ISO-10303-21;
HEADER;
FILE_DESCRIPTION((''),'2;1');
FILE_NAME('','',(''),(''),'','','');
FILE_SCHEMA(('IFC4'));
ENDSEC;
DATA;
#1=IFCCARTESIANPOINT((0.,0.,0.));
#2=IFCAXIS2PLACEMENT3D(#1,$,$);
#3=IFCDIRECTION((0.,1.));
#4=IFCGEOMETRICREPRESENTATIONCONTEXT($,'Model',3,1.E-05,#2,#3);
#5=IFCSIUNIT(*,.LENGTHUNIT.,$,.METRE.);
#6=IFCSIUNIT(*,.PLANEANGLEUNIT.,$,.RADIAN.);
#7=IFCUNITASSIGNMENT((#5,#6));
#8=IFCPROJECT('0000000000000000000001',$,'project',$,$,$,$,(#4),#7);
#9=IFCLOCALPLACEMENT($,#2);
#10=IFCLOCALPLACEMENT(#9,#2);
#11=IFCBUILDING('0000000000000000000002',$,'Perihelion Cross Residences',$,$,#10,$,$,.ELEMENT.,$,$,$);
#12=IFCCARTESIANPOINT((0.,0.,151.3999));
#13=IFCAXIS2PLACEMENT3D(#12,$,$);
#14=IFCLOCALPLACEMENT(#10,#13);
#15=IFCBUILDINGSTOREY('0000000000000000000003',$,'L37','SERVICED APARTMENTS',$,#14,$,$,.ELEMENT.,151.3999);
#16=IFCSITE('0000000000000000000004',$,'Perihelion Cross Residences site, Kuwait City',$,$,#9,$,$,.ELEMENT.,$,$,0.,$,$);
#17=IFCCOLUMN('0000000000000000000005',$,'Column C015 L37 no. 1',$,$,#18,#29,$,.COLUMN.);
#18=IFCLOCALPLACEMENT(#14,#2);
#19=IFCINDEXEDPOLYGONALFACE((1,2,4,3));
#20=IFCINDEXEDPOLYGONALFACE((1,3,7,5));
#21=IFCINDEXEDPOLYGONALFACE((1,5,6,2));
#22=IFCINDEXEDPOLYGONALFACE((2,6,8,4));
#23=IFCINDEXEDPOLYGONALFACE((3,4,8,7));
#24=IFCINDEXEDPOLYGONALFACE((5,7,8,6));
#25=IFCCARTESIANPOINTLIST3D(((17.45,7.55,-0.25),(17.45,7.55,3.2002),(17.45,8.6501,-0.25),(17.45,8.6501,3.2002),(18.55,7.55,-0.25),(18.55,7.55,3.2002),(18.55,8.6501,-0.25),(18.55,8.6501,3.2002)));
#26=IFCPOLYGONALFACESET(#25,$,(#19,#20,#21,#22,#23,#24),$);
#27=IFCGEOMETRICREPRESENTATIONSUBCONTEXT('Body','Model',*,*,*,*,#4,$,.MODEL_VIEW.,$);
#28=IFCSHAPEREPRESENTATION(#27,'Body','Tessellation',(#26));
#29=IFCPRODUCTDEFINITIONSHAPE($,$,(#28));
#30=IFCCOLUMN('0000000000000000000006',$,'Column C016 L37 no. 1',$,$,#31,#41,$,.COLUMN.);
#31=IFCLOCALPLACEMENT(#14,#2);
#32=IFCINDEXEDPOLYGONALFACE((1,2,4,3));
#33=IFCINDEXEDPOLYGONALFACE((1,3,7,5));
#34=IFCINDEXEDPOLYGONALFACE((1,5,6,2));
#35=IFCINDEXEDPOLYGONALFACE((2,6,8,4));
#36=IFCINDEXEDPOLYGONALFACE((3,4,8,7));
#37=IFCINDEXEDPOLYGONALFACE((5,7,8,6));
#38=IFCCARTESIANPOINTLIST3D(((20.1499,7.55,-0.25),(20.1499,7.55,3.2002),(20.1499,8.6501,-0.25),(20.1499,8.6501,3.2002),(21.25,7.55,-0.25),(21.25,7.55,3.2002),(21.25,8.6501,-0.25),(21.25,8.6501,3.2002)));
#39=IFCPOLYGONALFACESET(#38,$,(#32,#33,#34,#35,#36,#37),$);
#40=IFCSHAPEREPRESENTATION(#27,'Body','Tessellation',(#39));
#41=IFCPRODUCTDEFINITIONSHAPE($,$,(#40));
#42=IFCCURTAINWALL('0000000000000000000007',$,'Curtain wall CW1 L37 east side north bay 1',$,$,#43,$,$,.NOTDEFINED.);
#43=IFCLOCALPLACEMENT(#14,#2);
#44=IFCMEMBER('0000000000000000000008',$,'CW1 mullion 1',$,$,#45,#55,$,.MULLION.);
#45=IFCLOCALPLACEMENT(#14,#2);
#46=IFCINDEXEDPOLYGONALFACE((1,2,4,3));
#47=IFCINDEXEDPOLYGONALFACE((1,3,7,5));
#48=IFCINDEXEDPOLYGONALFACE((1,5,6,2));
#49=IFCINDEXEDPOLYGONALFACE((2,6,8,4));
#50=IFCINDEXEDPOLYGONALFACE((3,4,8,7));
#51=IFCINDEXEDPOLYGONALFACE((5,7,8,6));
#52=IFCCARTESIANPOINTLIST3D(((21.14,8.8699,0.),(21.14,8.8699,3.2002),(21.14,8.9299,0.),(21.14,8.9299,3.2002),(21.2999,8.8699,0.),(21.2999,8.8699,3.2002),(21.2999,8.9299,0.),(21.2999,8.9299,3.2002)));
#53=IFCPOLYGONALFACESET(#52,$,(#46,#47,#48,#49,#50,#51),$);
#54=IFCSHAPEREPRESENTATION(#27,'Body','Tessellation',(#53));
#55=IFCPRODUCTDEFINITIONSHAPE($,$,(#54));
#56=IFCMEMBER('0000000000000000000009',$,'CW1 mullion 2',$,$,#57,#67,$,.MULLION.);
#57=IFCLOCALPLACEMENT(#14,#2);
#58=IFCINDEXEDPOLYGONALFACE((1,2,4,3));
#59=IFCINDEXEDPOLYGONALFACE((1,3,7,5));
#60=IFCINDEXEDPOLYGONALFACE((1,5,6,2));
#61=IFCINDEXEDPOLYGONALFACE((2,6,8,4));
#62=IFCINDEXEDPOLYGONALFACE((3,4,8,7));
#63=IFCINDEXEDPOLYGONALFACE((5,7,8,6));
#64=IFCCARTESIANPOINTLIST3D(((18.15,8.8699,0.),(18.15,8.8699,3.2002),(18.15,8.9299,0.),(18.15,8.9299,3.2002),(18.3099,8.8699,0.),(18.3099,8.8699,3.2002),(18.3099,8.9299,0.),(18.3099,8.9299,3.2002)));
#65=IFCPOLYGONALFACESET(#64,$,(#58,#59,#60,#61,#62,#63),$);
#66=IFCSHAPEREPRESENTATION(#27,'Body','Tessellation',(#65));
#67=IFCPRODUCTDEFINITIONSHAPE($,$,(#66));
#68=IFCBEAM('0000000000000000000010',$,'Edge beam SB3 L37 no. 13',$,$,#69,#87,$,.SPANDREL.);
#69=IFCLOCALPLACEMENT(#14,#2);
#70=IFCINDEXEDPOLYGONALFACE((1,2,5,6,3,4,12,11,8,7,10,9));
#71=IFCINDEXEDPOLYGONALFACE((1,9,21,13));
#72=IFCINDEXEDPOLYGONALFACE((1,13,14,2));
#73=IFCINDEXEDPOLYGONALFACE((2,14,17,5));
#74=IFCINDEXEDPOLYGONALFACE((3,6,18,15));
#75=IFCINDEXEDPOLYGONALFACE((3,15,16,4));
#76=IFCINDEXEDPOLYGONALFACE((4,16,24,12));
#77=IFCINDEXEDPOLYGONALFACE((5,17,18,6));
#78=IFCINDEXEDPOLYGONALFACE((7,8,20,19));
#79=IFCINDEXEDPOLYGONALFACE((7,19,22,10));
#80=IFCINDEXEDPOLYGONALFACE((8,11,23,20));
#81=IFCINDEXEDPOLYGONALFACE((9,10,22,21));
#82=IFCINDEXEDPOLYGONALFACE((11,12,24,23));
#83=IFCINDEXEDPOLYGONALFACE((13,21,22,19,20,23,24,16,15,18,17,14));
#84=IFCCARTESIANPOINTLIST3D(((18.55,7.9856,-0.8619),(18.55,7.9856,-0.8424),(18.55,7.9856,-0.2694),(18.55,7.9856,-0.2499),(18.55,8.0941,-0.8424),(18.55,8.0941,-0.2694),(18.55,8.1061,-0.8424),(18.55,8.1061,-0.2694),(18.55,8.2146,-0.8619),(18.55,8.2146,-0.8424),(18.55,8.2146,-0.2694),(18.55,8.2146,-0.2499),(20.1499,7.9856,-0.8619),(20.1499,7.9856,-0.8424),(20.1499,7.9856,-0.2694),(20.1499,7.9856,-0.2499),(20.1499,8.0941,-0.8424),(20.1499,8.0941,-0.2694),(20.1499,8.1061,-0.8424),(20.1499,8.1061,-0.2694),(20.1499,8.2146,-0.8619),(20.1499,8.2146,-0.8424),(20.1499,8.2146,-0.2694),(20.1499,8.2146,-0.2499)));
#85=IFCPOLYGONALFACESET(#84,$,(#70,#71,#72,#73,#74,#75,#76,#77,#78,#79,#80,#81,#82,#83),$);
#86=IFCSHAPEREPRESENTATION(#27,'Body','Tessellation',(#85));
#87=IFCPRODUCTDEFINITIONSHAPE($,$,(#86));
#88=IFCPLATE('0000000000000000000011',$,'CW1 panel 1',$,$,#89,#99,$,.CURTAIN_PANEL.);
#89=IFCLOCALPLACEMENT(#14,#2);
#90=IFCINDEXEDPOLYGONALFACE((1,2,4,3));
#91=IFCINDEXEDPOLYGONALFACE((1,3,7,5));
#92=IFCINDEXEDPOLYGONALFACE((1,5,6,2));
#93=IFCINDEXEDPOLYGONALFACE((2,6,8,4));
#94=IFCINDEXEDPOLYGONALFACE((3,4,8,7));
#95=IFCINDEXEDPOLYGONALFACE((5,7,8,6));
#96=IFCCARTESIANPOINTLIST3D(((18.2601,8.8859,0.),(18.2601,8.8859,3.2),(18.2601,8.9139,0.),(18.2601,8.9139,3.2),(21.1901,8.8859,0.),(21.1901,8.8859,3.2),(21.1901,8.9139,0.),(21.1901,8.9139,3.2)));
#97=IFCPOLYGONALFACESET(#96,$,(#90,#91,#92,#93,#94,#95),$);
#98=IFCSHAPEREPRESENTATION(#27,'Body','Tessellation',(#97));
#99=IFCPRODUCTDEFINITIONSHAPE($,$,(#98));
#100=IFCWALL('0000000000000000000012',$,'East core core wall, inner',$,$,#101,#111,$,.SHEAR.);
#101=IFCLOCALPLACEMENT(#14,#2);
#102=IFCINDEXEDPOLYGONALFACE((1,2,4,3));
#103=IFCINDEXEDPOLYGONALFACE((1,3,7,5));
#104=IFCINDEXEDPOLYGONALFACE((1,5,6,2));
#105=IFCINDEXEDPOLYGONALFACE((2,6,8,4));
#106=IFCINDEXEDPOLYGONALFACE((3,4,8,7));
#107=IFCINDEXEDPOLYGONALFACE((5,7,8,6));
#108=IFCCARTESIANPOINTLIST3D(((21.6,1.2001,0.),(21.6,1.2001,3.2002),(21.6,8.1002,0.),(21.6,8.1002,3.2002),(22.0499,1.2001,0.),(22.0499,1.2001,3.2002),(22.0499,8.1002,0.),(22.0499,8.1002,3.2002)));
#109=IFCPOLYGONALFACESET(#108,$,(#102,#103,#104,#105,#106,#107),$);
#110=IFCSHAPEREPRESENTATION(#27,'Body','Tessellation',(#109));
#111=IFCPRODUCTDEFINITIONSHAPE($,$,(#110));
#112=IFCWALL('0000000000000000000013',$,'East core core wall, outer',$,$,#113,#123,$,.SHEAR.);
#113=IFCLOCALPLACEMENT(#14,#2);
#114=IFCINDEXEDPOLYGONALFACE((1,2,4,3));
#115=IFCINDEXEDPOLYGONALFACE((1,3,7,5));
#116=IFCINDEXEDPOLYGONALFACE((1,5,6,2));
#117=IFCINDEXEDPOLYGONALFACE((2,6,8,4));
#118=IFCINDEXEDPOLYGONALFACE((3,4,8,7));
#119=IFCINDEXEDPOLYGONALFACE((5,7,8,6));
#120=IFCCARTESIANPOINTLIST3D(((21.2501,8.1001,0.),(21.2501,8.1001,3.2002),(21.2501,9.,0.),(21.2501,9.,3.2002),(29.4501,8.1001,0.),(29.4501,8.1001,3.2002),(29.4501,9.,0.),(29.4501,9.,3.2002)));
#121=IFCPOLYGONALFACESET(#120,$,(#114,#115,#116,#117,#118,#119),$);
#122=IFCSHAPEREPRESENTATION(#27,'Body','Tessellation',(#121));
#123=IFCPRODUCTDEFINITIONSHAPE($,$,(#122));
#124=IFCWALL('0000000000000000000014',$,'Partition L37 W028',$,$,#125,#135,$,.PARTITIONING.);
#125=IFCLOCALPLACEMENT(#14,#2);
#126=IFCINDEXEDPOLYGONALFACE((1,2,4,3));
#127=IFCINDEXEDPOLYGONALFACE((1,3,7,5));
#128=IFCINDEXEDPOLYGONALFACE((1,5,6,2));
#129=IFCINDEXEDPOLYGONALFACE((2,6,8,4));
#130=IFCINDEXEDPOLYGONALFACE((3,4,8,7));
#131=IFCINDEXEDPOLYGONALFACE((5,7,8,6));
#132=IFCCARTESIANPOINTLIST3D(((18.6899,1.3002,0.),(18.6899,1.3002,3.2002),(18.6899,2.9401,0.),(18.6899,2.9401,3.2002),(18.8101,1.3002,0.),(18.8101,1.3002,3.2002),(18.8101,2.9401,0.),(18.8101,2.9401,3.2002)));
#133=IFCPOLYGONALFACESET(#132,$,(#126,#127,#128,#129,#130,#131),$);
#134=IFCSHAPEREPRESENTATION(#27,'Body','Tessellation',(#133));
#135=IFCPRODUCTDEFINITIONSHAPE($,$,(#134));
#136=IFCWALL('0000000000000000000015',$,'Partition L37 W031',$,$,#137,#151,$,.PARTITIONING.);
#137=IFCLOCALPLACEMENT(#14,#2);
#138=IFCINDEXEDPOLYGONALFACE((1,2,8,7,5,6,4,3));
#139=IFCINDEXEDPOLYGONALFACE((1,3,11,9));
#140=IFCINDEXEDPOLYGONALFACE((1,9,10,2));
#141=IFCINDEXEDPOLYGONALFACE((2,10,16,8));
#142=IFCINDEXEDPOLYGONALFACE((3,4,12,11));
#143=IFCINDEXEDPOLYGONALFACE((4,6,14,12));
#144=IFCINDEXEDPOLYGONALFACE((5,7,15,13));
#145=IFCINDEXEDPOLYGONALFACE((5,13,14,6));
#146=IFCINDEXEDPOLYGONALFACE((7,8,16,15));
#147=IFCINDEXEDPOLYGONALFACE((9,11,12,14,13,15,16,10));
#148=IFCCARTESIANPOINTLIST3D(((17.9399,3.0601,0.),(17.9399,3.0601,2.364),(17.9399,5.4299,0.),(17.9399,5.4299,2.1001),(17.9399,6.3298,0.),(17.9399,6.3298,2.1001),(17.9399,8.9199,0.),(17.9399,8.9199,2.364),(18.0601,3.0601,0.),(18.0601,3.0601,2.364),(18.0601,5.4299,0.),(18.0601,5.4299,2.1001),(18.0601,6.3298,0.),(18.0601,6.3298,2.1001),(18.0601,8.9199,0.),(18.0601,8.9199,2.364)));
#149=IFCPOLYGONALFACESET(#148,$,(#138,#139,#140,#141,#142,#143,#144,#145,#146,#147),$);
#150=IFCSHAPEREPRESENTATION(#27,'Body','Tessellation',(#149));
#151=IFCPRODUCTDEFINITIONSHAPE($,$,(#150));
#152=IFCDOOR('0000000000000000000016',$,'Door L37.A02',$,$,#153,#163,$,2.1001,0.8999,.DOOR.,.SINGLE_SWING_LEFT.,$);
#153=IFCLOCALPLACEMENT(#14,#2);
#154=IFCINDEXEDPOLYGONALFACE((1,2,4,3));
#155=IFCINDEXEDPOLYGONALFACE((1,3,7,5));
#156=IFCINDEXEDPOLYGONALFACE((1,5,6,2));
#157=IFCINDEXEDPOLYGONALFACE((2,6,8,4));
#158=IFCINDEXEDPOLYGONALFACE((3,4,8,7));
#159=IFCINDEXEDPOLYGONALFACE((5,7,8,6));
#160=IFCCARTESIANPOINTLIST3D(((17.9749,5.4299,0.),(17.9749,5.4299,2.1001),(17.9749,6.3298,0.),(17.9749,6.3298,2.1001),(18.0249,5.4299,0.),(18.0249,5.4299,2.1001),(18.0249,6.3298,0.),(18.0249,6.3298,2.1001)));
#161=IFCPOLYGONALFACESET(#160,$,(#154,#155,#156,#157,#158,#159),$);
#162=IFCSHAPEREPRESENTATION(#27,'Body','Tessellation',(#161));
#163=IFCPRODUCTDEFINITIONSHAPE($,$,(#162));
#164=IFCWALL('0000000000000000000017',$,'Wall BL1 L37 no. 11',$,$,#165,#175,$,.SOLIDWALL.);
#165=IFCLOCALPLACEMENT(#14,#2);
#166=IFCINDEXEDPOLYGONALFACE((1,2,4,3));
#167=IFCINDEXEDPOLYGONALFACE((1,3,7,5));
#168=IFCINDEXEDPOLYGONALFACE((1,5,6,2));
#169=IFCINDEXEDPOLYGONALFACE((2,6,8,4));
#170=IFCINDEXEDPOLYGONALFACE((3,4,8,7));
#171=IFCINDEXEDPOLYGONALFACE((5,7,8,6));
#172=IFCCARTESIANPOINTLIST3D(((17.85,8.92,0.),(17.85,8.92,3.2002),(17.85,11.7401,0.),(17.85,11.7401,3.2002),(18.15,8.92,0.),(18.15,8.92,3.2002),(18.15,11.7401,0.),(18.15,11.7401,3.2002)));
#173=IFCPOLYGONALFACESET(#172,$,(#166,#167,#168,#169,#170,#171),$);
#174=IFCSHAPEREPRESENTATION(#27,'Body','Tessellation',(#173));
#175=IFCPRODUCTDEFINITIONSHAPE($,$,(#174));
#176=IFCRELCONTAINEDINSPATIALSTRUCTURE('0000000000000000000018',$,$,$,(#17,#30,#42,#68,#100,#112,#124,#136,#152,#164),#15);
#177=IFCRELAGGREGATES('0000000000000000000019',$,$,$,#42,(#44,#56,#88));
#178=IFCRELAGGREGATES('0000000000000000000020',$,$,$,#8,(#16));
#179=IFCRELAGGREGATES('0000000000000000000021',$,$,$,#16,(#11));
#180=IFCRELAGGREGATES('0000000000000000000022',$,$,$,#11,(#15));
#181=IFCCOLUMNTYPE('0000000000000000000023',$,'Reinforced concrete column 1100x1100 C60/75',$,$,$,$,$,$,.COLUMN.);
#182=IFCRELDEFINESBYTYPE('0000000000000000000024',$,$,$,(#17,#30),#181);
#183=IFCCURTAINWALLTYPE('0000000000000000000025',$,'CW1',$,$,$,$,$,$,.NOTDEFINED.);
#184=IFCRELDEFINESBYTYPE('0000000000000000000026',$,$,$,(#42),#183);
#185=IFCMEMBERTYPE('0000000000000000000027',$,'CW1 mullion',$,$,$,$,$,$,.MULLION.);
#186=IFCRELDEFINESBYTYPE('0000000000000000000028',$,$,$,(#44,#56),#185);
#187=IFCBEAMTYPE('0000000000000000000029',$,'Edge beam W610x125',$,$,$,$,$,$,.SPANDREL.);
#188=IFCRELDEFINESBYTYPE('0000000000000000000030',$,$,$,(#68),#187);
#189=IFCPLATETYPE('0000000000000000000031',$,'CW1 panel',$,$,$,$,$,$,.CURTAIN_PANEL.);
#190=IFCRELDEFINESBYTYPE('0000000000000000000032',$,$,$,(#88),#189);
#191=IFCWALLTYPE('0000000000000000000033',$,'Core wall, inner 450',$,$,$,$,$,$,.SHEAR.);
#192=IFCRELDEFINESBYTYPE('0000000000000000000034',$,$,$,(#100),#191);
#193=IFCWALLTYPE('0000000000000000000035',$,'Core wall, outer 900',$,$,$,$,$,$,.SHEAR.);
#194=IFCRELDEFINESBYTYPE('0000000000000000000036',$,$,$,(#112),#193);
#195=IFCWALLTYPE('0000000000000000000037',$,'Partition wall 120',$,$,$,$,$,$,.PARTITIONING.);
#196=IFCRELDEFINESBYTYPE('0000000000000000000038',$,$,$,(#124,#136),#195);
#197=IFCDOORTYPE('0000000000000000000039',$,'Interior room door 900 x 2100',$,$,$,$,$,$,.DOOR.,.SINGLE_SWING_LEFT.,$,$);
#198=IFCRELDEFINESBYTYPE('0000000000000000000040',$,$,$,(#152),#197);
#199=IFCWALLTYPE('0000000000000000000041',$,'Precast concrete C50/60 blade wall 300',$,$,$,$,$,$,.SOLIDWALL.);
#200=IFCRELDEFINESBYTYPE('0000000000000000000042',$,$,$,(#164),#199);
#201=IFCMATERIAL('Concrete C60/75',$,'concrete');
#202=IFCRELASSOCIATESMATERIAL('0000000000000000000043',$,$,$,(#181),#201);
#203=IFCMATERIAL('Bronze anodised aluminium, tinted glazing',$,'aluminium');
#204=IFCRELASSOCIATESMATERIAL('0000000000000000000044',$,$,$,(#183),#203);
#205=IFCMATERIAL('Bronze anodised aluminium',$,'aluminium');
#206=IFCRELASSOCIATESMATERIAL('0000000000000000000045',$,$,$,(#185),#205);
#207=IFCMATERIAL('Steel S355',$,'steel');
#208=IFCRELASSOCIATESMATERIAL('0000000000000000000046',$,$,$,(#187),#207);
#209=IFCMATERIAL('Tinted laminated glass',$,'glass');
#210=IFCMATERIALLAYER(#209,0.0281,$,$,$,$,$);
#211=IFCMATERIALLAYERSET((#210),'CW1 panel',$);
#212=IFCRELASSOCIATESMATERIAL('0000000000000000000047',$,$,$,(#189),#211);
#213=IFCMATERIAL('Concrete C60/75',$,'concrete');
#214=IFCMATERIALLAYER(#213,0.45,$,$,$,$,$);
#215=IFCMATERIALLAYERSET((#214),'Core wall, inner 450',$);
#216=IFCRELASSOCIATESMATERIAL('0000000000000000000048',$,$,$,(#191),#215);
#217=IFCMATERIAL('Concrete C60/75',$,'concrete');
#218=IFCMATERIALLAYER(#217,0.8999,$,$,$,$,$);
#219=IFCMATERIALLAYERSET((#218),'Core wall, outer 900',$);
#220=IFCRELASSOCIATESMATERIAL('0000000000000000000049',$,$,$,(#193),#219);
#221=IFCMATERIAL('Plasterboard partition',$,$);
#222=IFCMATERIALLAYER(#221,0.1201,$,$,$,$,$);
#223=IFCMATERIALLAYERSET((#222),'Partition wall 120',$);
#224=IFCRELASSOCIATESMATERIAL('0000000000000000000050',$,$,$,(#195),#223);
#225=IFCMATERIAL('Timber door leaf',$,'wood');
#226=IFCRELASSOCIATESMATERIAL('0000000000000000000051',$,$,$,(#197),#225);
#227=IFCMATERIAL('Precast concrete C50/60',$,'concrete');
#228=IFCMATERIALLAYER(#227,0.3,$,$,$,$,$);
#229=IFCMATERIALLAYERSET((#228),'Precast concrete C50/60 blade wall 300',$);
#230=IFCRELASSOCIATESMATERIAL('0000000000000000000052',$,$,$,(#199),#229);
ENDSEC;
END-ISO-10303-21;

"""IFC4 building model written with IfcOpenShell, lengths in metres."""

from ifc_helpers import new_model, si_unit, direction, frame, frame_2d, origin, origin_2d, place, context, subcontext, project, spatial, rectangle, i_section, extrude, material, layer, layer_set, material_profile, profile_set, type_object, element, fill, aggregate, save


model = new_model("IFC4")

# Units and contexts
model_context = context("Model", 3, precision=1e-05, world=origin(), true_north=direction((0.0, 1.0)))
body_context = subcontext(model_context, "Body", "Model", "MODEL_VIEW")
ifc_project = project(units=[si_unit("LENGTHUNIT", "METRE"), si_unit("PLANEANGLEUNIT", "RADIAN")], contexts=[model_context])

# Site, building, storey
site_placement = place(None, origin())
site = spatial("IfcSite", under=ifc_project, at=site_placement, Name="Perihelion Cross Residences site, Kuwait City", CompositionType="ELEMENT", RefElevation=0.0)
building_placement = place(site_placement, origin())
building = spatial("IfcBuilding", under=site, at=building_placement, Name="Perihelion Cross Residences", CompositionType="ELEMENT")
storey_placement = place(building_placement, frame((0.0, 0.0, 151.3999)))
storey = spatial("IfcBuildingStorey", under=building, at=storey_placement, Name="L37", Description="SERVICED APARTMENTS", CompositionType="ELEMENT", Elevation=151.3999)

# Columns
ifc_material_1 = material(Name="Concrete C60/75", Category="concrete")
ifc_material_profile_1 = material_profile(ifc_material_1, rectangle(XDim=1.1001, YDim=1.1001, at=origin_2d()), Name="RC 1100x1100")
ifc_profile_set_1 = profile_set([ifc_material_profile_1], Name="Concrete C60/75")
column_type = type_object("IfcColumnType", Name="Reinforced concrete column 1100x1100 C60/75", PredefinedType="COLUMN", material=ifc_profile_set_1)
for number, where, z_axis, x_axis, name in (
    (1, (18.0, 8.1001, -0.25), (0.0, 0.0, 1.0), (1.0, 0.0, 0.0), "Column C015 L37 no. 1"),
    (2, (20.7, 8.1001, -0.25), (0.0, 0.0, 1.0), (1.0, 0.0, 0.0), "Column C016 L37 no. 1"),
):
    element("IfcColumn", number, at=place(storey_placement, frame(where, z_axis=z_axis, x_axis=x_axis)), inside=storey, type_object=column_type, Name=name, PredefinedType="COLUMN", context=body_context, shape_type="SweptSolid", body=[
        extrude(rectangle(XDim=1.1001, YDim=1.1001, at=origin_2d()), origin(), (0.0, 0.0, 1.0), 3.4502),
    ])

# Curtain wall, members
ifc_material_2 = material(Name="Bronze anodised aluminium, tinted glazing", Category="aluminium")
curtain_wall_type = type_object("IfcCurtainWallType", Name="CW1", PredefinedType="NOTDEFINED", material=ifc_material_2)
curtain_wall_placement = place(storey_placement, origin())
curtain_wall = element("IfcCurtainWall", 3, at=curtain_wall_placement, inside=storey, type_object=curtain_wall_type, Name="Curtain wall CW1 L37 east side north bay 1", PredefinedType="NOTDEFINED")
ifc_material_3 = material(Name="Bronze anodised aluminium", Category="aluminium")
ifc_material_profile_2 = material_profile(ifc_material_3, rectangle(XDim=0.0601, YDim=0.1599, at=origin_2d()), Name="CW1 mullion")
ifc_profile_set_2 = profile_set([ifc_material_profile_2], Name="Bronze anodised aluminium")
member_type = type_object("IfcMemberType", Name="CW1 mullion", PredefinedType="MULLION", material=ifc_profile_set_2)
member_1_placement = place(storey_placement, frame((21.22, 8.8999, 0.0), z_axis=(0.0, 0.0, 1.0), x_axis=(0.0, -1.0, 0.0)))
member_1 = element("IfcMember", 4, at=member_1_placement, type_object=member_type, Name="CW1 mullion 1", PredefinedType="MULLION", context=body_context, shape_type="SweptSolid", body=[
    extrude(rectangle(XDim=0.0601, YDim=0.1599, at=origin_2d()), origin(), (0.0, 0.0, 1.0), 3.2002),
])
member_2_placement = place(storey_placement, frame((18.23, 8.8999, 0.0), z_axis=(0.0, 0.0, 1.0), x_axis=(0.0, -1.0, 0.0)))
member_2 = element("IfcMember", 5, at=member_2_placement, type_object=member_type, Name="CW1 mullion 2", PredefinedType="MULLION", context=body_context, shape_type="SweptSolid", body=[
    extrude(rectangle(XDim=0.0601, YDim=0.1599, at=origin_2d()), origin(), (0.0, 0.0, 1.0), 3.2002),
])

# Beam
ifc_material_4 = material(Name="Steel S355", Category="steel")
ifc_material_profile_3 = material_profile(ifc_material_4, i_section(OverallWidth=0.229, OverallDepth=0.6121, WebThickness=0.012, FlangeThickness=0.0195, at=origin_2d()), Name="W610x125")
ifc_profile_set_3 = profile_set([ifc_material_profile_3], Name="Steel S355")
beam_type = type_object("IfcBeamType", Name="Edge beam W610x125", PredefinedType="SPANDREL", material=ifc_profile_set_3)
beam_placement = place(storey_placement, frame((20.1499, 8.1001, -0.5559), z_axis=(-1.0, 0.0, 0.0), x_axis=(0.0, -1.0, 0.0)))
element("IfcBeam", 6, at=beam_placement, inside=storey, type_object=beam_type, Name="Edge beam SB3 L37 no. 13", PredefinedType="SPANDREL", context=body_context, shape_type="SweptSolid", body=[
    extrude(i_section(OverallWidth=0.229, OverallDepth=0.6121, WebThickness=0.012, FlangeThickness=0.0195, at=origin_2d()), origin(), (0.0, 0.0, 1.0), 1.5999),
])

# Plate
ifc_material_5 = material(Name="Tinted laminated glass", Category="glass")
ifc_layer_1 = layer(ifc_material_5, 0.0281)
ifc_layer_set_1 = layer_set([ifc_layer_1], Name="CW1 panel")
plate_type = type_object("IfcPlateType", Name="CW1 panel", PredefinedType="CURTAIN_PANEL", material=ifc_layer_set_1)
plate_placement = place(storey_placement, frame((19.7251, 8.8999, 0.0), z_axis=(0.0, 0.0, 1.0), x_axis=(-1.0, 0.0, 0.0)))
plate = element("IfcPlate", 7, at=plate_placement, type_object=plate_type, Name="CW1 panel 1", PredefinedType="CURTAIN_PANEL", context=body_context, shape_type="SweptSolid", body=[
    extrude(rectangle(XDim=2.9299, YDim=0.0281, at=origin_2d()), origin(), (0.0, 0.0, 1.0), 3.2),
])
aggregate(curtain_wall, [member_1, member_2, plate])

# Walls
ifc_material_6 = material(Name="Concrete C60/75", Category="concrete")
ifc_layer_2 = layer(ifc_material_6, 0.45)
ifc_layer_set_2 = layer_set([ifc_layer_2], Name="Core wall, inner 450")
wall_type_1 = type_object("IfcWallType", Name="Core wall, inner 450", PredefinedType="SHEAR", material=ifc_layer_set_2)
wall_1_placement = place(storey_placement, frame((21.825, 1.2, 0.0), z_axis=(0.0, 0.0, 1.0), x_axis=(0.0, 1.0, 0.0)))
element("IfcWall", 8, at=wall_1_placement, inside=storey, type_object=wall_type_1, Name="East core core wall, inner", PredefinedType="SHEAR", context=body_context, shape_type="SweptSolid", body=[
    extrude(rectangle(XDim=6.9001, YDim=0.45, at=frame_2d((3.4502, 0.0))), origin(), (0.0, 0.0, 1.0), 3.2002),
])
ifc_material_7 = material(Name="Concrete C60/75", Category="concrete")
ifc_layer_3 = layer(ifc_material_7, 0.8999)
ifc_layer_set_3 = layer_set([ifc_layer_3], Name="Core wall, outer 900")
wall_type_2 = type_object("IfcWallType", Name="Core wall, outer 900", PredefinedType="SHEAR", material=ifc_layer_set_3)
wall_2_placement = place(storey_placement, frame((21.25, 8.55, 0.0), z_axis=(0.0, 0.0, 1.0), x_axis=(1.0, 0.0, 0.0)))
element("IfcWall", 9, at=wall_2_placement, inside=storey, type_object=wall_type_2, Name="East core core wall, outer", PredefinedType="SHEAR", context=body_context, shape_type="SweptSolid", body=[
    extrude(rectangle(XDim=8.2, YDim=0.8999, at=frame_2d((4.1001, 0.0))), origin(), (0.0, 0.0, 1.0), 3.2002),
])
ifc_material_8 = material(Name="Plasterboard partition")
ifc_layer_4 = layer(ifc_material_8, 0.1201)
ifc_layer_set_4 = layer_set([ifc_layer_4], Name="Partition wall 120")
wall_type_3 = type_object("IfcWallType", Name="Partition wall 120", PredefinedType="PARTITIONING", material=ifc_layer_set_4)
wall_3_placement = place(storey_placement, frame((18.75, 2.9399, 0.0), z_axis=(0.0, 0.0, 1.0), x_axis=(0.0, -1.0, 0.0)))
element("IfcWall", 10, at=wall_3_placement, inside=storey, type_object=wall_type_3, Name="Partition L37 W028", PredefinedType="PARTITIONING", context=body_context, shape_type="SweptSolid", body=[
    extrude(rectangle(XDim=1.6399, YDim=0.1201, at=frame_2d((0.8198, 0.0))), origin(), (0.0, 0.0, 1.0), 3.2002),
])

# Wall, opening, door
wall_4_placement = place(storey_placement, frame((18.0, 8.9199, 0.0), z_axis=(0.0, 0.0, 1.0), x_axis=(0.0, -1.0, 0.0)))
wall_4 = element("IfcWall", 11, at=wall_4_placement, inside=storey, type_object=wall_type_3, Name="Partition L37 W031", PredefinedType="PARTITIONING", context=body_context, shape_type="SweptSolid", body=[
    extrude(rectangle(XDim=5.8599, YDim=0.1201, at=frame_2d((2.9299, 0.0))), origin(), (0.0, 0.0, 1.0), 2.364),
])
opening_1_placement = place(wall_4_placement, frame((2.5901, 0.0, 0.0)))
opening_1 = element("IfcOpeningElement", 12, at=opening_1_placement, cuts=wall_4, PredefinedType="OPENING", context=body_context, shape_type="SweptSolid", body=[
    extrude(rectangle(XDim=0.8999, YDim=2.1001, at=frame_2d((0.45, 1.05))), frame((0.0, 0.0701, 0.0), z_axis=(0.0, -1.0, 0.0), x_axis=(1.0, 0.0, 0.0)), (0.0, 0.0, 1.0), 0.1401),
])
ifc_material_9 = material(Name="Timber door leaf", Category="wood")
door_type_1 = type_object("IfcDoorType", Name="Interior room door 900 x 2100", OperationType="SINGLE_SWING_LEFT", PredefinedType="DOOR", material=ifc_material_9)
door_1_placement = place(opening_1_placement, origin())
door_1 = element("IfcDoor", 13, at=door_1_placement, inside=storey, type_object=door_type_1, Name="Door L37.A02", OperationType="SINGLE_SWING_LEFT", OverallHeight=2.1001, OverallWidth=0.8999, PredefinedType="DOOR", context=body_context, shape_type="SweptSolid", body=[
    extrude(rectangle(XDim=0.8999, YDim=2.1001, at=frame_2d((0.45, 1.05))), frame((0.0, 0.0249, 0.0), z_axis=(0.0, -1.0, 0.0), x_axis=(1.0, 0.0, 0.0)), (0.0, 0.0, 1.0), 0.05),
])
fill(opening_1, door_1)

# Wall
ifc_material_10 = material(Name="Precast concrete C50/60", Category="concrete")
ifc_layer_5 = layer(ifc_material_10, 0.3)
ifc_layer_set_5 = layer_set([ifc_layer_5], Name="Precast concrete C50/60 blade wall 300")
wall_type_4 = type_object("IfcWallType", Name="Precast concrete C50/60 blade wall 300", PredefinedType="SOLIDWALL", material=ifc_layer_set_5)
wall_5_placement = place(storey_placement, frame((18.0, 8.9199, 0.0), z_axis=(0.0, 0.0, 1.0), x_axis=(0.0, 1.0, 0.0)))
element("IfcWall", 14, at=wall_5_placement, inside=storey, type_object=wall_type_4, Name="Wall BL1 L37 no. 11", PredefinedType="SOLIDWALL", context=body_context, shape_type="SweptSolid", body=[
    extrude(rectangle(XDim=2.8201, YDim=0.3, at=frame_2d((1.4102, 0.0))), origin(), (0.0, 0.0, 1.0), 3.2002),
])

save(model, "model.ifc")
